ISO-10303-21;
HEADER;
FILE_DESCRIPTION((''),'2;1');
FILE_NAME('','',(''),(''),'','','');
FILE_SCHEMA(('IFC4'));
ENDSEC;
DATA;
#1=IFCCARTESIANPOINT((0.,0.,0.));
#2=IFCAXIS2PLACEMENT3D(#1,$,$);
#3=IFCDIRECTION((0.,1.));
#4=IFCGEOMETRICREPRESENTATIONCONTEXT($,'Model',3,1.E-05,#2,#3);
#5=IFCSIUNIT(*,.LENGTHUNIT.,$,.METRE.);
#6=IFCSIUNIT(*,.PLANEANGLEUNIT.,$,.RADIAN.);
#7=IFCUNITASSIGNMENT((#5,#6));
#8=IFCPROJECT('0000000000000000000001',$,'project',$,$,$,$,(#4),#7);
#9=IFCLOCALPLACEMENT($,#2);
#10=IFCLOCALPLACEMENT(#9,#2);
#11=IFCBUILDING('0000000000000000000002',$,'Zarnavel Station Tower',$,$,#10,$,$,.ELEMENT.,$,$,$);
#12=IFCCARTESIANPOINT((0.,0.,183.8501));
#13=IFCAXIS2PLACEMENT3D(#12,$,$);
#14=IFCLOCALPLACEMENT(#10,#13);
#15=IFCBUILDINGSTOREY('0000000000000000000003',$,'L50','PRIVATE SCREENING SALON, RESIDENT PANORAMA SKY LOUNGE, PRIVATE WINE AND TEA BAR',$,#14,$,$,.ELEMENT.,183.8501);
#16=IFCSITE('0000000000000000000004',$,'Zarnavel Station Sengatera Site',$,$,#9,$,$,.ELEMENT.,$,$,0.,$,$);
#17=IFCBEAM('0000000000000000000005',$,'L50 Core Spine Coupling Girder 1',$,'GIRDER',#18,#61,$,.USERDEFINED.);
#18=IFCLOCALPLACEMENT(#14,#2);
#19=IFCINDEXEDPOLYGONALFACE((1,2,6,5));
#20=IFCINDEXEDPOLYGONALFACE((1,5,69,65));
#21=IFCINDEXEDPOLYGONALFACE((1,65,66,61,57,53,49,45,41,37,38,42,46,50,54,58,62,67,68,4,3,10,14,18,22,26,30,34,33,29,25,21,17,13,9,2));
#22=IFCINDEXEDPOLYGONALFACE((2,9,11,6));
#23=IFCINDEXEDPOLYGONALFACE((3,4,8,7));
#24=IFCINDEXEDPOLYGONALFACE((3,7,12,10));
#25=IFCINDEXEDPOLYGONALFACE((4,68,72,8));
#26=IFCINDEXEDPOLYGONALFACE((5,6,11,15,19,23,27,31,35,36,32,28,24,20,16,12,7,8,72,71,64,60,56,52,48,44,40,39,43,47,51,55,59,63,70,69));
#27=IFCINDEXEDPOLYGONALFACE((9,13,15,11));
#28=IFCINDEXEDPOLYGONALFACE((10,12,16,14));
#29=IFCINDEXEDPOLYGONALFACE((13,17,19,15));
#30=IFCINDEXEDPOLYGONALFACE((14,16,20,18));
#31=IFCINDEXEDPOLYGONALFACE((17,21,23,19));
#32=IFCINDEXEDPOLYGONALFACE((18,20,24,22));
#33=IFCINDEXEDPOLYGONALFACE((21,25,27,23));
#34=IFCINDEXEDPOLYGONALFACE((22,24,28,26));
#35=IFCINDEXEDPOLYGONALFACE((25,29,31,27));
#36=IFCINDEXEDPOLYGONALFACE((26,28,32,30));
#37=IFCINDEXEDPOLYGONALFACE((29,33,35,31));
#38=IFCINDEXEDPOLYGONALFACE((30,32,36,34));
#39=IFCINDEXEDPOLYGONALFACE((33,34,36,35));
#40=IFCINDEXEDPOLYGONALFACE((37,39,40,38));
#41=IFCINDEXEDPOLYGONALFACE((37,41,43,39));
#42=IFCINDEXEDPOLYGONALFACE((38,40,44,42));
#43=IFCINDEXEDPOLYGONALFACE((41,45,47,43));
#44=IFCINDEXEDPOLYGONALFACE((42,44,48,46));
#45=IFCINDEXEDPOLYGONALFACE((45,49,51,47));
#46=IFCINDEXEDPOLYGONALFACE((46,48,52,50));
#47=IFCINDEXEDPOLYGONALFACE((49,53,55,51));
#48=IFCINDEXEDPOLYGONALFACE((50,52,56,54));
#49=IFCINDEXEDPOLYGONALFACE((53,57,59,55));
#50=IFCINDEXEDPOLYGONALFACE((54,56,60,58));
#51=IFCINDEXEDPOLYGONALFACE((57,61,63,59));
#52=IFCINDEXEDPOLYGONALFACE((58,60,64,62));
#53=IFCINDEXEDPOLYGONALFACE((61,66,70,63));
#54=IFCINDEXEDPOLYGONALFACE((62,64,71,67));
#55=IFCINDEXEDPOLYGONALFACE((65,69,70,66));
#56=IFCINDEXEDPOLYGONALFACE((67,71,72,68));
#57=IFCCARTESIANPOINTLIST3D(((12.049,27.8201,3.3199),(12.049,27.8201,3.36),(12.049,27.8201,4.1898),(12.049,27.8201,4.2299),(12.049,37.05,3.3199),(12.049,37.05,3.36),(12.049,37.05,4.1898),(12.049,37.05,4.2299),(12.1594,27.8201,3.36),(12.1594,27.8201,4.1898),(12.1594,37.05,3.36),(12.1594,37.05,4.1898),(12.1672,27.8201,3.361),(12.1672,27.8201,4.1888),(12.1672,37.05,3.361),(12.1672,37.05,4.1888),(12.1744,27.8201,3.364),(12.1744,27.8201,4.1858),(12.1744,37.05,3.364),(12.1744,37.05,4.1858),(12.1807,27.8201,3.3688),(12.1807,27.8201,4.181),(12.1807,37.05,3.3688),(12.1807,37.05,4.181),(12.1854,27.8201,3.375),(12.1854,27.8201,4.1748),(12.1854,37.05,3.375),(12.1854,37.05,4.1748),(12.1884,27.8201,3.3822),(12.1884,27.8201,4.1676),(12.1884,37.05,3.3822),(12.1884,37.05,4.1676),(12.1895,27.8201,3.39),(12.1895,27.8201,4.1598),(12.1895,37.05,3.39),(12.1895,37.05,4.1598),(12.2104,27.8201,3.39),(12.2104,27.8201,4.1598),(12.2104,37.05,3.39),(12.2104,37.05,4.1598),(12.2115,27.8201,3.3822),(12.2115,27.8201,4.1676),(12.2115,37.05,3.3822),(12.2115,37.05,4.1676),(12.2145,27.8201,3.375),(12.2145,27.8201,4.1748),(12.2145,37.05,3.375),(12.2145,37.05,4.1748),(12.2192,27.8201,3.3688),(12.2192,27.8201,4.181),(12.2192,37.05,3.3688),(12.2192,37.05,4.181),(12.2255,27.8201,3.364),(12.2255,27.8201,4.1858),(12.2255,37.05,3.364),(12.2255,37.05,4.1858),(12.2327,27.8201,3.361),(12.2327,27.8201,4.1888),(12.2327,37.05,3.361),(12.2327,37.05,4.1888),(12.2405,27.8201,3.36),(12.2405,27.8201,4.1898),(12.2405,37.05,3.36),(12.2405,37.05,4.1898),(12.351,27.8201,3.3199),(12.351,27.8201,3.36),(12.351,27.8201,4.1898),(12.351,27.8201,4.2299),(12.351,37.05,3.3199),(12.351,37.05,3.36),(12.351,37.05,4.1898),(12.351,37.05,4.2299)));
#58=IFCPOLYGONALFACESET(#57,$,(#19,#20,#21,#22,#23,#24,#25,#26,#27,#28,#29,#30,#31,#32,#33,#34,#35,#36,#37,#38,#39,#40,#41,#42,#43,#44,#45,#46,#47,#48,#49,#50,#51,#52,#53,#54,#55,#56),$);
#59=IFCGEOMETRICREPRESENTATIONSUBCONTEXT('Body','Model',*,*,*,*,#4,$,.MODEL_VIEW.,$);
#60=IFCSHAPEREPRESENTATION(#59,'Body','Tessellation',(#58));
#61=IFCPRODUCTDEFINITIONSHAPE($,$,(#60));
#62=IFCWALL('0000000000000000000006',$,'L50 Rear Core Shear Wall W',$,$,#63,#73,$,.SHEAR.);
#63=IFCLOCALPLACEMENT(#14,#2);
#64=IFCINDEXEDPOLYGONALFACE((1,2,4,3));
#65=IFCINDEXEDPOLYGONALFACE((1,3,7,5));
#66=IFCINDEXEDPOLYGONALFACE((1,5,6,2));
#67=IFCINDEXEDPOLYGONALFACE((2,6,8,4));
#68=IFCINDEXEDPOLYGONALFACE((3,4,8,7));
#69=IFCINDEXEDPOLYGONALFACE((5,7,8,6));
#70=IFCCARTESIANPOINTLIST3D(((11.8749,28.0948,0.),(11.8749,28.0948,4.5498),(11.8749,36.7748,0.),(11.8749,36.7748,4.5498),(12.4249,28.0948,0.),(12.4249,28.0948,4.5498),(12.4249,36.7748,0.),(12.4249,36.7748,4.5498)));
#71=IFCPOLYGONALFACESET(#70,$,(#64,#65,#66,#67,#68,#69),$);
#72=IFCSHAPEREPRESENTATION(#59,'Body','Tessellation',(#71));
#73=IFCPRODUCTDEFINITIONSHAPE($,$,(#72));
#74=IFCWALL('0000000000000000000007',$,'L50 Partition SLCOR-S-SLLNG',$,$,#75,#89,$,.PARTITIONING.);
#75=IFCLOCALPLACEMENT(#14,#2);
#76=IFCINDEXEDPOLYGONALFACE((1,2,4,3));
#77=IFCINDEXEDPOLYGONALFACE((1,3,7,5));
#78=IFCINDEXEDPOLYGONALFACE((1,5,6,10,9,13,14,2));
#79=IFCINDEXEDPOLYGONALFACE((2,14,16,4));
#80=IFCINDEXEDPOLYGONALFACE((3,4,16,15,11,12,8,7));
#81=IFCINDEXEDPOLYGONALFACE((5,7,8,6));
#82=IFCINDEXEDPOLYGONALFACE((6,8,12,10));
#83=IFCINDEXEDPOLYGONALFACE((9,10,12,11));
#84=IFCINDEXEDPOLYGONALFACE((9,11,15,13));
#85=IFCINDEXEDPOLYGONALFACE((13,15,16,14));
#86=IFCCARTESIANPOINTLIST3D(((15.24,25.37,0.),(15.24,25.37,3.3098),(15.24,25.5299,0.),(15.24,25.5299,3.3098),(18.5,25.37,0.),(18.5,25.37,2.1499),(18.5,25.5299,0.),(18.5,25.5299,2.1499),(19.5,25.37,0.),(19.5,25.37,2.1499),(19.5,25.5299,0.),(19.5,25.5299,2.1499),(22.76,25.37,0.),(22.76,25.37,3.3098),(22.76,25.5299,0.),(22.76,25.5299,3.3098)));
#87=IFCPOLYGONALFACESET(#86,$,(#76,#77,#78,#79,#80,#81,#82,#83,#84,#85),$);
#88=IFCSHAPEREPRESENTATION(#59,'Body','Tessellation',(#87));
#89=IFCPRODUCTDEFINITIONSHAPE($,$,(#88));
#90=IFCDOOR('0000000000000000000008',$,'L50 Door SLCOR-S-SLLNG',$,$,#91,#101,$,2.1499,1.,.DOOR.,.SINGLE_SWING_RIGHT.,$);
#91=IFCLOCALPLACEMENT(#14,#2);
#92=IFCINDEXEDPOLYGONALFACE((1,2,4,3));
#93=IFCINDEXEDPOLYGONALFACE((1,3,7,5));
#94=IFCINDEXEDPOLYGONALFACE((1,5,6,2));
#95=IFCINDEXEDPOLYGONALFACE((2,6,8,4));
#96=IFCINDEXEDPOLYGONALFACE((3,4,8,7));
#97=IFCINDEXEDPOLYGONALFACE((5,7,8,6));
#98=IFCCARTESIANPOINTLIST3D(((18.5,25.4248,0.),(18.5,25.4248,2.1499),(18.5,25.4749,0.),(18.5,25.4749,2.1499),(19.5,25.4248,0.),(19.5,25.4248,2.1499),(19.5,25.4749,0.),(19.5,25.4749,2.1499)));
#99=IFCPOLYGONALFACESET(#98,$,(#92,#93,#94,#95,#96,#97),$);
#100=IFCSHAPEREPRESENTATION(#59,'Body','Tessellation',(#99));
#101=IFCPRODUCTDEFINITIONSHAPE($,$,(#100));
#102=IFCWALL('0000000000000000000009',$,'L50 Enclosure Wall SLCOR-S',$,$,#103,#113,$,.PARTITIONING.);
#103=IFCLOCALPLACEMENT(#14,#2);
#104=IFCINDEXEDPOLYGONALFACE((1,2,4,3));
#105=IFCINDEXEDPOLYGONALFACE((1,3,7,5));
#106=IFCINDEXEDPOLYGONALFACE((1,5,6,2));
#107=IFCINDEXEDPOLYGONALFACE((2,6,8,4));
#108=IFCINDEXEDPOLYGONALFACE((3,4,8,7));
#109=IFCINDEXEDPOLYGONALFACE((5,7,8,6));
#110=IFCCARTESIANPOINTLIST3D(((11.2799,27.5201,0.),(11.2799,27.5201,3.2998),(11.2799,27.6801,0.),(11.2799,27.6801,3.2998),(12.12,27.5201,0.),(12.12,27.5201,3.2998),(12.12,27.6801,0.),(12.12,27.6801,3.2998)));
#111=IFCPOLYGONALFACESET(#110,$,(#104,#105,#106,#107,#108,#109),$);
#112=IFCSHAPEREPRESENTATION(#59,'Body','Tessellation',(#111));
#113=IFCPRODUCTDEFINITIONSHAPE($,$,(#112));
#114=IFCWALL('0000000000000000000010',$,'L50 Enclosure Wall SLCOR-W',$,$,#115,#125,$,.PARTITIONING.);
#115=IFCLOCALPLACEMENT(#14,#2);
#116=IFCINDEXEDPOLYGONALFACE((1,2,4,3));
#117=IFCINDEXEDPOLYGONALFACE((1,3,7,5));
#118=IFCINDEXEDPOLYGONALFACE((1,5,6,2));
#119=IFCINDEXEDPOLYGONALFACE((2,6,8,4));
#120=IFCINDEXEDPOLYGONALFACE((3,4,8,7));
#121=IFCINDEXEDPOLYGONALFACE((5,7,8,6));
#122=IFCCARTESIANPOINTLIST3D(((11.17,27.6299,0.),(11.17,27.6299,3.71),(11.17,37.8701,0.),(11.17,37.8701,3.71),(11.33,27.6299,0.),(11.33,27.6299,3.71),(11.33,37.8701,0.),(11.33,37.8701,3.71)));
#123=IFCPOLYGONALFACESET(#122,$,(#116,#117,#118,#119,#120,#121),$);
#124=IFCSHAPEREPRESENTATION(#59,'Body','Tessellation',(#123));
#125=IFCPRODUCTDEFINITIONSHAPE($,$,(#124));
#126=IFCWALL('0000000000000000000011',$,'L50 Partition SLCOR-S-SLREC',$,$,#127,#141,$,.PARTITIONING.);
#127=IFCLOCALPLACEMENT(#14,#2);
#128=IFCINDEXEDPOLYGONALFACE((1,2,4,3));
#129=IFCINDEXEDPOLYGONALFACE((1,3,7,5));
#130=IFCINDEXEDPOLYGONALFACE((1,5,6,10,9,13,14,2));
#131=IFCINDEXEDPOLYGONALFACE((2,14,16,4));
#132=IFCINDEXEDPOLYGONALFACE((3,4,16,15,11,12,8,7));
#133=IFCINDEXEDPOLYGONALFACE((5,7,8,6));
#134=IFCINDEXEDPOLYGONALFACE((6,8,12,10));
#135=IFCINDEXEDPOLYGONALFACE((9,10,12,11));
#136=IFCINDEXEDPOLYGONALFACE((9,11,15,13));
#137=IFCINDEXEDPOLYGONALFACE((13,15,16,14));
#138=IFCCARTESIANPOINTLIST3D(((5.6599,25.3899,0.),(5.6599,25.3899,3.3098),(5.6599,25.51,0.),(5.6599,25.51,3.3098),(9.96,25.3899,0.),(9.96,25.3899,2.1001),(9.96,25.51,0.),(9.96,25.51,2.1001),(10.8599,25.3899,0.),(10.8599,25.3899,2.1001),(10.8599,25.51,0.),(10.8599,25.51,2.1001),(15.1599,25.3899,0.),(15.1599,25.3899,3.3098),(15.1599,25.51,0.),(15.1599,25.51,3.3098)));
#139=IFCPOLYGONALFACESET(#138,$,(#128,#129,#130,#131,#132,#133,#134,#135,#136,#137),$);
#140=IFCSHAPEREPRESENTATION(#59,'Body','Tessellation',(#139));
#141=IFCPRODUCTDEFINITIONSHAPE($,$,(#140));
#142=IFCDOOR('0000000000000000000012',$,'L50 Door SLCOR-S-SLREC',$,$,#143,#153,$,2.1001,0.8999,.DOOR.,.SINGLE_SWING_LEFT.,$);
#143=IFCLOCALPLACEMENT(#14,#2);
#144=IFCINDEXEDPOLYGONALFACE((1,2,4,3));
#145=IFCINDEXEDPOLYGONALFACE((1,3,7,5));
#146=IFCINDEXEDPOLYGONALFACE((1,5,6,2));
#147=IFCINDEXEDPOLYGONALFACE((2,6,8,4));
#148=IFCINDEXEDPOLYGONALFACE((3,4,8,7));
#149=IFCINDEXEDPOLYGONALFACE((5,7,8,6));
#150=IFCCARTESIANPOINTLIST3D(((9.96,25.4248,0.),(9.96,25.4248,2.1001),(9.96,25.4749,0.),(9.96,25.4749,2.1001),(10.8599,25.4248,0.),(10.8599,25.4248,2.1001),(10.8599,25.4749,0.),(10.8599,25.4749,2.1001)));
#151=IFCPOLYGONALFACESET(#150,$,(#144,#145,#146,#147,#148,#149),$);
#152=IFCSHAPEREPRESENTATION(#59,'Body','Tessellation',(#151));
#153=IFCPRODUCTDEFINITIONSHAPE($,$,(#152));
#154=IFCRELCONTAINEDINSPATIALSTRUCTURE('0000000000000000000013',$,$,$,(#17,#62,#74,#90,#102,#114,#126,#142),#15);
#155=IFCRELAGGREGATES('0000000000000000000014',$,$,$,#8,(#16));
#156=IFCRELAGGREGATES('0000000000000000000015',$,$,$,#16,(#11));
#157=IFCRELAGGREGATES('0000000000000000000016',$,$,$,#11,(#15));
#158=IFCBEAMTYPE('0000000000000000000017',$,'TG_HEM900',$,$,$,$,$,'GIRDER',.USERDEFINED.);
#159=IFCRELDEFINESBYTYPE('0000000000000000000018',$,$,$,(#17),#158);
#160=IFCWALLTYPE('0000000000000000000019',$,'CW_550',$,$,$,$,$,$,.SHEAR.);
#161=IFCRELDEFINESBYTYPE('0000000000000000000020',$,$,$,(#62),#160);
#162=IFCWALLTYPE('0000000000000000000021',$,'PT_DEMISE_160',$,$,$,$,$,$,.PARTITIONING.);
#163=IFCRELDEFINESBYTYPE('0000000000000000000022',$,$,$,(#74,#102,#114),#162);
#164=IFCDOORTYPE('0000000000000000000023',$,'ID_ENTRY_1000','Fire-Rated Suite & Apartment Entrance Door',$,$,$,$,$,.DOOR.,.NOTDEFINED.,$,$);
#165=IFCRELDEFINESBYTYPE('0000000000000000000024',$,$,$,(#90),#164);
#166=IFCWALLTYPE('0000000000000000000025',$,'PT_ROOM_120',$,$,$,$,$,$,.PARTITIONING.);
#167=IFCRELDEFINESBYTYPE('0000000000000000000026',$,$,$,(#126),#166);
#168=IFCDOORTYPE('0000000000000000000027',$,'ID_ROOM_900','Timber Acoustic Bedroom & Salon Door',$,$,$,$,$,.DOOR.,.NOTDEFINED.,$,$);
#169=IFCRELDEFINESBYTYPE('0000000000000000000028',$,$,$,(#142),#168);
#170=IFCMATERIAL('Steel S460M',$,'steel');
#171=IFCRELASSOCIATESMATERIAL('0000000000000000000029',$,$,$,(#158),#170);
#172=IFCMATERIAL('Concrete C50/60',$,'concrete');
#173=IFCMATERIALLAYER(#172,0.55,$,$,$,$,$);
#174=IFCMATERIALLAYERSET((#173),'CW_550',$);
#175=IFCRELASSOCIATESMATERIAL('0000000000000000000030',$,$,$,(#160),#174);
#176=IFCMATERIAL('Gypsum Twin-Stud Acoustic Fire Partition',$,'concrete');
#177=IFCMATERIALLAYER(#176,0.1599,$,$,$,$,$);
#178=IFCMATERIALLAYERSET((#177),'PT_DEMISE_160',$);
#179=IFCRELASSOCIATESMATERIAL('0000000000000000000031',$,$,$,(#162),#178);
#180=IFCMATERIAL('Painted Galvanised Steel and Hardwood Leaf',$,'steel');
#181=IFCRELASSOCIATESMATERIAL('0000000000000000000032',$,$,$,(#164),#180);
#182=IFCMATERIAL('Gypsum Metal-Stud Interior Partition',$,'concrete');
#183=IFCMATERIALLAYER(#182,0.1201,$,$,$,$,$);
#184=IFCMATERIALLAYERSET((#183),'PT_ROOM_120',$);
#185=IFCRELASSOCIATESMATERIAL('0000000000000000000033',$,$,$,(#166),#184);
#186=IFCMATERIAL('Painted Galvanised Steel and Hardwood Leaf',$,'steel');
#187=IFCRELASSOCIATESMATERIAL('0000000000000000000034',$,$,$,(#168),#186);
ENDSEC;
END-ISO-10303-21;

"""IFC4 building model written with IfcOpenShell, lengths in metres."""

from ifc_helpers import new_model, si_unit, direction, frame, frame_2d, origin, origin_2d, place, context, subcontext, project, spatial, rectangle, i_section, extrude, material, layer, layer_set, material_profile, profile_set, type_object, element, fill, save


model = new_model("IFC4")

# Units and contexts
model_context = context("Model", 3, precision=1e-05, world=origin(), true_north=direction((0.0, 1.0)))
body_context = subcontext(model_context, "Body", "Model", "MODEL_VIEW")
ifc_project = project(units=[si_unit("LENGTHUNIT", "METRE"), si_unit("PLANEANGLEUNIT", "RADIAN")], contexts=[model_context])

# Site, building, storey
site_placement = place(None, origin())
site = spatial("IfcSite", under=ifc_project, at=site_placement, Name="Zarnavel Station Sengatera Site", CompositionType="ELEMENT", RefElevation=0.0)
building_placement = place(site_placement, origin())
building = spatial("IfcBuilding", under=site, at=building_placement, Name="Zarnavel Station Tower", CompositionType="ELEMENT")
storey_placement = place(building_placement, frame((0.0, 0.0, 183.8501)))
storey = spatial("IfcBuildingStorey", under=building, at=storey_placement, Name="L50", Description="PRIVATE SCREENING SALON, RESIDENT PANORAMA SKY LOUNGE, PRIVATE WINE AND TEA BAR", CompositionType="ELEMENT", Elevation=183.8501)

# Beam
ifc_material_1 = material(Name="Steel S460M", Category="steel")
ifc_material_profile_1 = material_profile(ifc_material_1, i_section(OverallWidth=0.302, OverallDepth=0.9099, WebThickness=0.021, FlangeThickness=0.04, FilletRadius=0.03, at=origin_2d()), Name="HEM900")
ifc_profile_set_1 = profile_set([ifc_material_profile_1], Name="Steel S460M")
beam_type_1 = type_object("IfcBeamType", Name="TG_HEM900", ElementType="GIRDER", PredefinedType="USERDEFINED", material=ifc_profile_set_1)
beam_1_placement = place(storey_placement, frame((12.2, 27.8201, 3.7749), z_axis=(0.0, 1.0, 0.0), x_axis=(-1.0, 0.0, 0.0)))
element("IfcBeam", 1, at=beam_1_placement, inside=storey, type_object=beam_type_1, Name="L50 Core Spine Coupling Girder 1", ObjectType="GIRDER", PredefinedType="USERDEFINED", context=body_context, shape_type="SweptSolid", body=[
    extrude(i_section(OverallWidth=0.302, OverallDepth=0.9099, WebThickness=0.021, FlangeThickness=0.04, FilletRadius=0.03, at=origin_2d()), origin(), (0.0, 0.0, 1.0), 9.23),
])

# Wall
ifc_material_2 = material(Name="Concrete C50/60", Category="concrete")
ifc_layer_1 = layer(ifc_material_2, 0.55)
ifc_layer_set_1 = layer_set([ifc_layer_1], Name="CW_550")
wall_type_1 = type_object("IfcWallType", Name="CW_550", PredefinedType="SHEAR", material=ifc_layer_set_1)
wall_1_placement = place(storey_placement, frame((12.1499, 28.095, 0.0), z_axis=(0.0, 0.0, 1.0), x_axis=(0.0, 1.0, 0.0)))
element("IfcWall", 2, at=wall_1_placement, inside=storey, type_object=wall_type_1, Name="L50 Rear Core Shear Wall W", PredefinedType="SHEAR", context=body_context, shape_type="SweptSolid", body=[
    extrude(rectangle(XDim=8.6799, YDim=0.55, at=frame_2d((4.3398, 0.0))), origin(), (0.0, 0.0, 1.0), 4.5498),
])

# Wall, opening, door
ifc_material_3 = material(Name="Gypsum Twin-Stud Acoustic Fire Partition", Category="concrete")
ifc_layer_2 = layer(ifc_material_3, 0.1599)
ifc_layer_set_2 = layer_set([ifc_layer_2], Name="PT_DEMISE_160")
wall_type_2 = type_object("IfcWallType", Name="PT_DEMISE_160", PredefinedType="PARTITIONING", material=ifc_layer_set_2)
wall_2_placement = place(storey_placement, frame((15.24, 25.45, 0.0), z_axis=(0.0, 0.0, 1.0), x_axis=(1.0, 0.0, 0.0)))
wall_2 = element("IfcWall", 3, at=wall_2_placement, inside=storey, type_object=wall_type_2, Name="L50 Partition SLCOR-S-SLLNG", PredefinedType="PARTITIONING", context=body_context, shape_type="SweptSolid", body=[
    extrude(rectangle(XDim=7.52, YDim=0.1599, at=frame_2d((3.76, 0.0))), origin(), (0.0, 0.0, 1.0), 3.3098),
])
opening_1_placement = place(wall_2_placement, frame((3.26, 0.0, 0.0)))
opening_1 = element("IfcOpeningElement", 4, at=opening_1_placement, cuts=wall_2, PredefinedType="OPENING", context=body_context, shape_type="SweptSolid", body=[
    extrude(rectangle(XDim=1.0, YDim=2.1499, at=frame_2d((0.5, 1.075))), frame((0.0, 0.0898, 0.0), z_axis=(0.0, -1.0, 0.0), x_axis=(1.0, 0.0, 0.0)), (0.0, 0.0, 1.0), 0.1799),
])
ifc_material_4 = material(Name="Painted Galvanised Steel and Hardwood Leaf", Category="steel")
door_type_1 = type_object("IfcDoorType", Name="ID_ENTRY_1000", Description="Fire-Rated Suite & Apartment Entrance Door", OperationType="NOTDEFINED", PredefinedType="DOOR", material=ifc_material_4)
door_1_placement = place(opening_1_placement, origin())
door_1 = element("IfcDoor", 5, at=door_1_placement, inside=storey, type_object=door_type_1, Name="L50 Door SLCOR-S-SLLNG", OperationType="SINGLE_SWING_RIGHT", OverallHeight=2.1499, OverallWidth=1.0, PredefinedType="DOOR", context=body_context, shape_type="SweptSolid", body=[
    extrude(rectangle(XDim=1.0, YDim=2.1499, at=frame_2d((0.5, 1.075))), frame((0.0, 0.0249, 0.0), z_axis=(0.0, -1.0, 0.0), x_axis=(1.0, 0.0, 0.0)), (0.0, 0.0, 1.0), 0.05),
])
fill(opening_1, door_1)

# Walls
wall_3_placement = place(storey_placement, frame((11.28, 27.6001, 0.0), z_axis=(0.0, 0.0, 1.0), x_axis=(1.0, 0.0, 0.0)))
element("IfcWall", 6, at=wall_3_placement, inside=storey, type_object=wall_type_2, Name="L50 Enclosure Wall SLCOR-S", PredefinedType="PARTITIONING", context=body_context, shape_type="SweptSolid", body=[
    extrude(rectangle(XDim=0.8401, YDim=0.1599, at=frame_2d((0.4199, 0.0))), origin(), (0.0, 0.0, 1.0), 3.2998),
])
wall_4_placement = place(storey_placement, frame((11.25, 27.6299, 0.0), z_axis=(0.0, 0.0, 1.0), x_axis=(0.0, 1.0, 0.0)))
element("IfcWall", 7, at=wall_4_placement, inside=storey, type_object=wall_type_2, Name="L50 Enclosure Wall SLCOR-W", PredefinedType="PARTITIONING", context=body_context, shape_type="SweptSolid", body=[
    extrude(rectangle(XDim=10.2402, YDim=0.1599, at=frame_2d((5.1201, 0.0))), origin(), (0.0, 0.0, 1.0), 3.71),
])

# Wall, opening, door
ifc_material_5 = material(Name="Gypsum Metal-Stud Interior Partition", Category="concrete")
ifc_layer_3 = layer(ifc_material_5, 0.1201)
ifc_layer_set_3 = layer_set([ifc_layer_3], Name="PT_ROOM_120")
wall_type_3 = type_object("IfcWallType", Name="PT_ROOM_120", PredefinedType="PARTITIONING", material=ifc_layer_set_3)
wall_5_placement = place(storey_placement, frame((5.6599, 25.45, 0.0), z_axis=(0.0, 0.0, 1.0), x_axis=(1.0, 0.0, 0.0)))
wall_5 = element("IfcWall", 8, at=wall_5_placement, inside=storey, type_object=wall_type_3, Name="L50 Partition SLCOR-S-SLREC", PredefinedType="PARTITIONING", context=body_context, shape_type="SweptSolid", body=[
    extrude(rectangle(XDim=9.5, YDim=0.1201, at=frame_2d((4.75, 0.0))), origin(), (0.0, 0.0, 1.0), 3.3098),
])
opening_2_placement = place(wall_5_placement, frame((4.3, 0.0, 0.0)))
opening_2 = element("IfcOpeningElement", 9, at=opening_2_placement, cuts=wall_5, PredefinedType="OPENING", context=body_context, shape_type="SweptSolid", body=[
    extrude(rectangle(XDim=0.8999, YDim=2.1001, at=frame_2d((0.45, 1.05))), frame((0.0, 0.0701, 0.0), z_axis=(0.0, -1.0, 0.0), x_axis=(1.0, 0.0, 0.0)), (0.0, 0.0, 1.0), 0.1401),
])
ifc_material_6 = material(Name="Painted Galvanised Steel and Hardwood Leaf", Category="steel")
door_type_2 = type_object("IfcDoorType", Name="ID_ROOM_900", Description="Timber Acoustic Bedroom & Salon Door", OperationType="NOTDEFINED", PredefinedType="DOOR", material=ifc_material_6)
door_2_placement = place(opening_2_placement, origin())
door_2 = element("IfcDoor", 10, at=door_2_placement, inside=storey, type_object=door_type_2, Name="L50 Door SLCOR-S-SLREC", OperationType="SINGLE_SWING_LEFT", OverallHeight=2.1001, OverallWidth=0.8999, PredefinedType="DOOR", context=body_context, shape_type="SweptSolid", body=[
    extrude(rectangle(XDim=0.8999, YDim=2.1001, at=frame_2d((0.45, 1.05))), frame((0.0, 0.0249, 0.0), z_axis=(0.0, -1.0, 0.0), x_axis=(1.0, 0.0, 0.0)), (0.0, 0.0, 1.0), 0.05),
])
fill(opening_2, door_2)

save(model, "model.ifc")
